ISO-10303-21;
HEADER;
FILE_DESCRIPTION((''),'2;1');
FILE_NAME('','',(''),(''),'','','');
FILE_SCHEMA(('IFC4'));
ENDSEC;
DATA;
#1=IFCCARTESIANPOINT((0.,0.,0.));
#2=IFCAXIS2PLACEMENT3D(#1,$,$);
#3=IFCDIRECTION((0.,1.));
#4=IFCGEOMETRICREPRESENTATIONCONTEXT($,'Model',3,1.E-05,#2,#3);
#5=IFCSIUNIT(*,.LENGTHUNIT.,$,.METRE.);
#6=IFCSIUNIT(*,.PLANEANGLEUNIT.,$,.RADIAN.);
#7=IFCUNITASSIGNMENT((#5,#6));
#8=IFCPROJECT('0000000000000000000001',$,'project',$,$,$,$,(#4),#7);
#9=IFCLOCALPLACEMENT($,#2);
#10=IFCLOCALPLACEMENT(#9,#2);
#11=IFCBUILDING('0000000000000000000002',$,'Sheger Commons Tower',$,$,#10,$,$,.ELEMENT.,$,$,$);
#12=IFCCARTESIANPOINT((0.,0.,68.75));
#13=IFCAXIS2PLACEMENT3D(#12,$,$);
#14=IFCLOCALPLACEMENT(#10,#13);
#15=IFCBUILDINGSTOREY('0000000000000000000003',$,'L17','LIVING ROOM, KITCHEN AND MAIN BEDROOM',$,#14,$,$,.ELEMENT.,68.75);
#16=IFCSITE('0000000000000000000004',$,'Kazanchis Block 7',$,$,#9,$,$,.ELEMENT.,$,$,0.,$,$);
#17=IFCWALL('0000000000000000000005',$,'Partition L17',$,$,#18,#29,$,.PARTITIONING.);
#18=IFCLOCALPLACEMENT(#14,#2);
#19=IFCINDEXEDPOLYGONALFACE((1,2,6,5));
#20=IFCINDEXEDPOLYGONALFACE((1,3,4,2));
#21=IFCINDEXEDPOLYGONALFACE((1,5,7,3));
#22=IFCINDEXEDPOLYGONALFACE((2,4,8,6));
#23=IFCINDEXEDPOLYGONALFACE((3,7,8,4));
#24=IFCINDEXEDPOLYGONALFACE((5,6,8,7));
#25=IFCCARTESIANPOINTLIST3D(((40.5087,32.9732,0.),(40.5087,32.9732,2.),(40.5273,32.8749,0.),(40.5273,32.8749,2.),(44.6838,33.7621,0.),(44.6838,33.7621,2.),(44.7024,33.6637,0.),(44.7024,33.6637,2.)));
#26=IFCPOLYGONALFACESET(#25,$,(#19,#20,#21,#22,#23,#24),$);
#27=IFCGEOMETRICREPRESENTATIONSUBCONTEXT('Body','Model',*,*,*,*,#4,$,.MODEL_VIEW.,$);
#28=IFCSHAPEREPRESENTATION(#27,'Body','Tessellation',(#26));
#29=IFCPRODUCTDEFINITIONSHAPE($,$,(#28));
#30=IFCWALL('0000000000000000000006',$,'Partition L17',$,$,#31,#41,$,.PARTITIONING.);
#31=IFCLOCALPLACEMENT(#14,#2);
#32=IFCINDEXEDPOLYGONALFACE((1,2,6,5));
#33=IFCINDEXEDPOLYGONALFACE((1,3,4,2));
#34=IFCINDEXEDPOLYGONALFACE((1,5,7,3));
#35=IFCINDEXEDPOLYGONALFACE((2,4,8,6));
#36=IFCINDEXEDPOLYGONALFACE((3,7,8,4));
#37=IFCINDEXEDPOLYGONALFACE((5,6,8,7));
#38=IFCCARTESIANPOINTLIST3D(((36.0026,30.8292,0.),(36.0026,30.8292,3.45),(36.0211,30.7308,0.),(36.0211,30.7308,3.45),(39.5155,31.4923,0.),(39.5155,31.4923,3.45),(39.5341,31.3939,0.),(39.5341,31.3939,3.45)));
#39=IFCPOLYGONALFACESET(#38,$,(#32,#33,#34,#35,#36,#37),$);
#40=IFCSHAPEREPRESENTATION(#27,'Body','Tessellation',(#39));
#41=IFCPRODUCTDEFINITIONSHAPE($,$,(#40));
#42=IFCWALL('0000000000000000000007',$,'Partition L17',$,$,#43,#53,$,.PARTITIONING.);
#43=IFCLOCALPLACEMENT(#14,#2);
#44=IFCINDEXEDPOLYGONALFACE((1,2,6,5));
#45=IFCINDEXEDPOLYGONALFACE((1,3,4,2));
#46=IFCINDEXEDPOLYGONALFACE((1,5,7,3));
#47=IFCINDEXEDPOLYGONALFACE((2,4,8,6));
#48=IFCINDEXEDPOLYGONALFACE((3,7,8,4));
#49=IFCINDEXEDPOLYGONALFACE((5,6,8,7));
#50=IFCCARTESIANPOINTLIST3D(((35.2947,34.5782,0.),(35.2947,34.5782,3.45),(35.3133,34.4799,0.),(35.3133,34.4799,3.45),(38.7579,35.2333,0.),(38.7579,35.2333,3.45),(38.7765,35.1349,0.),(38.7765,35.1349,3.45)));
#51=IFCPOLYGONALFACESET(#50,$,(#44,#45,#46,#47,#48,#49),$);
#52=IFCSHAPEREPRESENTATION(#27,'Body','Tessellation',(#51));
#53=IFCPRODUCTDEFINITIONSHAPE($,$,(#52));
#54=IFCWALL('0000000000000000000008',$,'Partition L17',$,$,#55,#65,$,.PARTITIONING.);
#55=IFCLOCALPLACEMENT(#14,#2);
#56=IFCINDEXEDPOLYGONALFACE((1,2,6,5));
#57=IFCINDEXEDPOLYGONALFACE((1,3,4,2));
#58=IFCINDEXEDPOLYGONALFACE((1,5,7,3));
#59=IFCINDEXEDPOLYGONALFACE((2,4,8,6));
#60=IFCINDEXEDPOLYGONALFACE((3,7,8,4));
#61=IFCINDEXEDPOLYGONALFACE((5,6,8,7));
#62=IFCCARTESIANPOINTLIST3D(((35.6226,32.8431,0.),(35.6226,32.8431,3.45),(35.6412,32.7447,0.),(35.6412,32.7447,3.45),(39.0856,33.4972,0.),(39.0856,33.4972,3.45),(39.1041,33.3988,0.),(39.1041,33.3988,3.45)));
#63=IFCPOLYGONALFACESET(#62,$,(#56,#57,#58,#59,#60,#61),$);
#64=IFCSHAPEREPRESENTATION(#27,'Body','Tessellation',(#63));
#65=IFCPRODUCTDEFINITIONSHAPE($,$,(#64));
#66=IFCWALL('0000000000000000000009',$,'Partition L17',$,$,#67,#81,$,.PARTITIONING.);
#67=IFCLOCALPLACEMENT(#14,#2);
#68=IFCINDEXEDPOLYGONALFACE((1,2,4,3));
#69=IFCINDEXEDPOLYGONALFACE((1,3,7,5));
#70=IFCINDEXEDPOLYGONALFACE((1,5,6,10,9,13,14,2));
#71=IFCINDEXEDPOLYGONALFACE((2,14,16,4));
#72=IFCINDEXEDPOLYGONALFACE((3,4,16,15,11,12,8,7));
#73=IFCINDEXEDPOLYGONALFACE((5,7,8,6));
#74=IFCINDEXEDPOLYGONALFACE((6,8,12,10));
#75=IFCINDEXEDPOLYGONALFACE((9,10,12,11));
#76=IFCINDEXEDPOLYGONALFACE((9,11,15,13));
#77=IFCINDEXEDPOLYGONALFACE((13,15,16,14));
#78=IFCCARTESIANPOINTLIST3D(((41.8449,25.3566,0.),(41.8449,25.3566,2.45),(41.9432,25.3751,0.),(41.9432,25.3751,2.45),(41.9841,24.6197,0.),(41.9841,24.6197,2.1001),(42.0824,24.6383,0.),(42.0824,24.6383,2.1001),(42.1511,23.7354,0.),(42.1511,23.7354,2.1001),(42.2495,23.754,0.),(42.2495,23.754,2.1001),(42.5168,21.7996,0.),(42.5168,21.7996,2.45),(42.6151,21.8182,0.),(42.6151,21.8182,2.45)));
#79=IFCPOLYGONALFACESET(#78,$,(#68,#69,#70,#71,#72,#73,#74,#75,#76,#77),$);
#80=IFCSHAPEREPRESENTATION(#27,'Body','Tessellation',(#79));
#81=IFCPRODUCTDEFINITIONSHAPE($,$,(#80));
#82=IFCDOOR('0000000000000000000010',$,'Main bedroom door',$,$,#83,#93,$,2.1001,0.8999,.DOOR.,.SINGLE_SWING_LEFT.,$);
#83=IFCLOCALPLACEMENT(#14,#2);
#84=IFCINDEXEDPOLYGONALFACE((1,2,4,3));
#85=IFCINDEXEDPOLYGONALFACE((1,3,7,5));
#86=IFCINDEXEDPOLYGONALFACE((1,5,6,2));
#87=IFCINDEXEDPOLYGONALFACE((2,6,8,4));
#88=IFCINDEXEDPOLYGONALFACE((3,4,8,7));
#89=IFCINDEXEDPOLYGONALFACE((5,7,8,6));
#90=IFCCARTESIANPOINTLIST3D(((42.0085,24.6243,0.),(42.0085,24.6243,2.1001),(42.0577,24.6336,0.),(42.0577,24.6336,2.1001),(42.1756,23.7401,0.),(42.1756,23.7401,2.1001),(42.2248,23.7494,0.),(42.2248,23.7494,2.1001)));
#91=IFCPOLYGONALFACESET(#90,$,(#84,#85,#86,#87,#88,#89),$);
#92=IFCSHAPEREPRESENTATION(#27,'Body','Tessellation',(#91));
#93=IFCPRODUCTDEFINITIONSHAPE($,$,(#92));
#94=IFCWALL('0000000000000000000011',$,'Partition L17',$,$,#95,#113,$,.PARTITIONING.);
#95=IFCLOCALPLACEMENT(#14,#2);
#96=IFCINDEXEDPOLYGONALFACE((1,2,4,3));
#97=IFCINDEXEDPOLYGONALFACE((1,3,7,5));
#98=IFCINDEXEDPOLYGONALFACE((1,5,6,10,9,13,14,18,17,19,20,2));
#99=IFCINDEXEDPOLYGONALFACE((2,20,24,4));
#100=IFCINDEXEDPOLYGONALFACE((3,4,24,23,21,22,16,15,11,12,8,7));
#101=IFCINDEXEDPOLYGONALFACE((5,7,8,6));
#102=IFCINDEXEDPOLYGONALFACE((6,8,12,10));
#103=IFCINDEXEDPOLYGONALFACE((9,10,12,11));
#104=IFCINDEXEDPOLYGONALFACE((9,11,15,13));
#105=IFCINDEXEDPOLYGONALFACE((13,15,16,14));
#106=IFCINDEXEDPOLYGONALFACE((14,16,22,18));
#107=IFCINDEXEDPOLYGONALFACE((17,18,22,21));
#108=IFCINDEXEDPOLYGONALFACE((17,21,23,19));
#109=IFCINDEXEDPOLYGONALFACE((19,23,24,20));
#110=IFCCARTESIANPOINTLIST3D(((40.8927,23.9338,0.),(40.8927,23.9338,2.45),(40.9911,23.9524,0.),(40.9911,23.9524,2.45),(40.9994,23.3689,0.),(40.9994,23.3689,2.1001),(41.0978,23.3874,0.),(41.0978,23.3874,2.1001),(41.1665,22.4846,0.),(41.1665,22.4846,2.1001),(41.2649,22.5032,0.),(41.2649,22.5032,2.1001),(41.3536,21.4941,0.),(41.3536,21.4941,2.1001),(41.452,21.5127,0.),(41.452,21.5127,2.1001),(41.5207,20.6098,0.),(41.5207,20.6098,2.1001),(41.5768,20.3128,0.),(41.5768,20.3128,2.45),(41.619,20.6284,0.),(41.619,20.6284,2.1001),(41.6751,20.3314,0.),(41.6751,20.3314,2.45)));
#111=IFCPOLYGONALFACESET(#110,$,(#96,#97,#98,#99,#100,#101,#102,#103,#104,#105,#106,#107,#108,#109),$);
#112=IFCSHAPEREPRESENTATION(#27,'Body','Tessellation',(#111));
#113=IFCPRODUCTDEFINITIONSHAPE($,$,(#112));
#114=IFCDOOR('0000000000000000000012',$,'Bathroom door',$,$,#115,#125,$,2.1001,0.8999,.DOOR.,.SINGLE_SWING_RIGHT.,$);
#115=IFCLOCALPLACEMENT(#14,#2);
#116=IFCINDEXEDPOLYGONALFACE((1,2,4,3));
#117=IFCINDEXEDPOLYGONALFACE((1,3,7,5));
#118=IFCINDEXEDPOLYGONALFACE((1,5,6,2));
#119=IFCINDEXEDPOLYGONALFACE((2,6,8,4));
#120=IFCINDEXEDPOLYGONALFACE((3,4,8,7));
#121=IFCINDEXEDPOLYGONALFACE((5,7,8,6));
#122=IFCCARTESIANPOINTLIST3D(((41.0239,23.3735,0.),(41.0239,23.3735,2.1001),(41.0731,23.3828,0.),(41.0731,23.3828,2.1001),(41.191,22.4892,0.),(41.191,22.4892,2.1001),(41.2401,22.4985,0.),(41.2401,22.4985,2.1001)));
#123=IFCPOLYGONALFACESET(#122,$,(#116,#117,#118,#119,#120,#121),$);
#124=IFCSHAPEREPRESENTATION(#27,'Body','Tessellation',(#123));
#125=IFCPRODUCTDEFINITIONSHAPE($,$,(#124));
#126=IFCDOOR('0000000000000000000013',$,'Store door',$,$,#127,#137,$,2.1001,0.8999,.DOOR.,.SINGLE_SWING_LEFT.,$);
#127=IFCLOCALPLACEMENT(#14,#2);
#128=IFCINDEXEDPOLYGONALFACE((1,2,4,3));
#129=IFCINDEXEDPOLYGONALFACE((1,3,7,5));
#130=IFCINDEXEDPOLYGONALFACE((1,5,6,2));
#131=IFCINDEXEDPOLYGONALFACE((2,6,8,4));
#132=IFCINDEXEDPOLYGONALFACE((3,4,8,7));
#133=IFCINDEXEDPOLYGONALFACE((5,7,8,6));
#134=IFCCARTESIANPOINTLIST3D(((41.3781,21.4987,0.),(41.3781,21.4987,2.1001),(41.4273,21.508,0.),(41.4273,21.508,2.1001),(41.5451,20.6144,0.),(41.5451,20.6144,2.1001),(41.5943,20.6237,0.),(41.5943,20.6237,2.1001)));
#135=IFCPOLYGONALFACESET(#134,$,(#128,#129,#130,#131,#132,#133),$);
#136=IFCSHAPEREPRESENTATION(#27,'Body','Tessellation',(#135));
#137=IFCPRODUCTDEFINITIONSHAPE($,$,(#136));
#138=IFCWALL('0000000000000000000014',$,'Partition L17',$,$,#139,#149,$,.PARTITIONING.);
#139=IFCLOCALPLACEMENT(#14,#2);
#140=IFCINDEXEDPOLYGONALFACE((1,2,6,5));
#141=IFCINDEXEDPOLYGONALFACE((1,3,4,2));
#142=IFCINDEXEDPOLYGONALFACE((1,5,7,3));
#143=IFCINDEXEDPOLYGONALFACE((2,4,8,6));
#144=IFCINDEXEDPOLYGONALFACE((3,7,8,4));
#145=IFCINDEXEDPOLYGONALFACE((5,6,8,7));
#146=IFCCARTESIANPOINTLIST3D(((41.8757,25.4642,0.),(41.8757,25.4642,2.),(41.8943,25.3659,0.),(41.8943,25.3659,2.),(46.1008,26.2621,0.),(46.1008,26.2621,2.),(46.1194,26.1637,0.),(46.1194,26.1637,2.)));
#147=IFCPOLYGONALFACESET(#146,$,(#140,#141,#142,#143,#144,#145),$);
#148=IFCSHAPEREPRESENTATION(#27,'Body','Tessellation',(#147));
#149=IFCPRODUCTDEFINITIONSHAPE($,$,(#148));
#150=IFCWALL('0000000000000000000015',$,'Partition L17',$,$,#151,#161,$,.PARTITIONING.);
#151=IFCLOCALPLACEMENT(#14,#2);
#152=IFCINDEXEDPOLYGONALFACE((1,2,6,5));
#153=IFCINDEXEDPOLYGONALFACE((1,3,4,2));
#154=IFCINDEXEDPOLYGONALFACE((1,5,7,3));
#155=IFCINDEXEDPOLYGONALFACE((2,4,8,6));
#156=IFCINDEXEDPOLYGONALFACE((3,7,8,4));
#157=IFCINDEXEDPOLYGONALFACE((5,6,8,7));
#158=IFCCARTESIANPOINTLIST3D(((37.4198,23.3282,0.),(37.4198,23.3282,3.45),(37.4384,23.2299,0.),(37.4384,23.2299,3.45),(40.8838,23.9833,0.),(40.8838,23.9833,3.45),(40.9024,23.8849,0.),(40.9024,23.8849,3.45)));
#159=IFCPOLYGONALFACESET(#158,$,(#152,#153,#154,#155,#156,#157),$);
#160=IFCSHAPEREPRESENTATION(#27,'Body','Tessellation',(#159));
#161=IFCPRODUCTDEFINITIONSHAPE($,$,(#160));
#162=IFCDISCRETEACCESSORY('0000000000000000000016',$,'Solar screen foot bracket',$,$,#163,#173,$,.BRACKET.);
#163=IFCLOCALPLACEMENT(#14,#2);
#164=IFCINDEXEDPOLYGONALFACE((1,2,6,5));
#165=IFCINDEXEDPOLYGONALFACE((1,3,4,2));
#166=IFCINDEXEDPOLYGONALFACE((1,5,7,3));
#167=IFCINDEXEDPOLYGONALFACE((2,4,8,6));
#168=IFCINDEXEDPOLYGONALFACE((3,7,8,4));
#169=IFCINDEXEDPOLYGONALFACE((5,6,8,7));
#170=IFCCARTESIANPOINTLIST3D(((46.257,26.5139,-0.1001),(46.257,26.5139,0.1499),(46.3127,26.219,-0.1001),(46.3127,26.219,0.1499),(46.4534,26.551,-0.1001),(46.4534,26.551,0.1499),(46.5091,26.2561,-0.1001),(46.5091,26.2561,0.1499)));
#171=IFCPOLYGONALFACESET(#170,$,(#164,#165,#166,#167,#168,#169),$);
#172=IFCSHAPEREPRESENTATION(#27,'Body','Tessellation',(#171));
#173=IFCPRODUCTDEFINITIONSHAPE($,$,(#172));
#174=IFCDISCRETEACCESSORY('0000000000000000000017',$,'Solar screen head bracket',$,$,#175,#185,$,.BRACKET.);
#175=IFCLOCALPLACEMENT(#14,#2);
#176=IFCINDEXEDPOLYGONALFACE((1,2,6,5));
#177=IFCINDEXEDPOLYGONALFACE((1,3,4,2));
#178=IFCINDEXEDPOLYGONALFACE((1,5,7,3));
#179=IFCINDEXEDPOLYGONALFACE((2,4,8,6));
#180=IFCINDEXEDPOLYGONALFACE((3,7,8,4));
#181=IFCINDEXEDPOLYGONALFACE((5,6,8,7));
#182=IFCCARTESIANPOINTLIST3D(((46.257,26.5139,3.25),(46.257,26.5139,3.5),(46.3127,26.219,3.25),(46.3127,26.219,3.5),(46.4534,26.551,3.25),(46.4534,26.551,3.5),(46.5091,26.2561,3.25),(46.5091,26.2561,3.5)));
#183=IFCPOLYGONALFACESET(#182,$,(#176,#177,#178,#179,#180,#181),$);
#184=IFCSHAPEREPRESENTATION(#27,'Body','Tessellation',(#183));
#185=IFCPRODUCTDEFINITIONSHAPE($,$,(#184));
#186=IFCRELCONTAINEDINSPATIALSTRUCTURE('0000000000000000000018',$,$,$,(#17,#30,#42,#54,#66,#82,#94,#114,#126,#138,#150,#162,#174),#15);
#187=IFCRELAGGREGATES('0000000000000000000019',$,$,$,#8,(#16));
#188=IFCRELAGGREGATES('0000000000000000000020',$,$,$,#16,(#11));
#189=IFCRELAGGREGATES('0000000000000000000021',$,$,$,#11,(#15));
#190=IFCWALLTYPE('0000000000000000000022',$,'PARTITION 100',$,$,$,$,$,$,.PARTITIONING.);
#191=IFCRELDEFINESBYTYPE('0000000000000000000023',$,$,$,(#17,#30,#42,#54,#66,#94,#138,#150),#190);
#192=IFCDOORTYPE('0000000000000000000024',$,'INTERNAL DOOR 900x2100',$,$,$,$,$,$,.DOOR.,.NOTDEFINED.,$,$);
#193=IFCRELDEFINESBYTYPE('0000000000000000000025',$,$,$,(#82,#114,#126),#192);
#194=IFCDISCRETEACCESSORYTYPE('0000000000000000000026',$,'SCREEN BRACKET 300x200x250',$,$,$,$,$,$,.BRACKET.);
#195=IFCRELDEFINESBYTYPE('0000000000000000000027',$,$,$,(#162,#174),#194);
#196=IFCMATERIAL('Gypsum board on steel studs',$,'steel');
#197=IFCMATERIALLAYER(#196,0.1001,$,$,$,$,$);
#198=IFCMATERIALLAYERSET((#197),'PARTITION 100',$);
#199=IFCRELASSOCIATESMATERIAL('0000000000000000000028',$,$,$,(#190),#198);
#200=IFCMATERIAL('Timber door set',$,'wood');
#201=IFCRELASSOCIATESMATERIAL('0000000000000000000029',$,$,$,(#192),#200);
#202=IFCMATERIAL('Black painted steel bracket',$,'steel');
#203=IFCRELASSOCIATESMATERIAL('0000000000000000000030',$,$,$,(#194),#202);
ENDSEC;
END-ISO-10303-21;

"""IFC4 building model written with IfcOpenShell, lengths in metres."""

from ifc_helpers import new_model, si_unit, direction, frame, frame_2d, origin, origin_2d, place, context, subcontext, project, spatial, rectangle, extrude, material, layer, layer_set, type_object, element, fill, save


model = new_model("IFC4")

# Units and contexts
model_context = context("Model", 3, precision=1e-05, world=origin(), true_north=direction((0.0, 1.0)))
body_context = subcontext(model_context, "Body", "Model", "MODEL_VIEW")
ifc_project = project(units=[si_unit("LENGTHUNIT", "METRE"), si_unit("PLANEANGLEUNIT", "RADIAN")], contexts=[model_context])

# Site, building, storey
site_placement = place(None, origin())
site = spatial("IfcSite", under=ifc_project, at=site_placement, Name="Kazanchis Block 7", CompositionType="ELEMENT", RefElevation=0.0)
building_placement = place(site_placement, origin())
building = spatial("IfcBuilding", under=site, at=building_placement, Name="Sheger Commons Tower", CompositionType="ELEMENT")
storey_placement = place(building_placement, frame((0.0, 0.0, 68.75)))
storey = spatial("IfcBuildingStorey", under=building, at=storey_placement, Name="L17", Description="LIVING ROOM, KITCHEN AND MAIN BEDROOM", CompositionType="ELEMENT", Elevation=68.75)

# Walls
ifc_material_1 = material(Name="Gypsum board on steel studs", Category="steel")
ifc_layer_1 = layer(ifc_material_1, 0.1001)
ifc_layer_set_1 = layer_set([ifc_layer_1], Name="PARTITION 100")
wall_type_1 = type_object("IfcWallType", Name="PARTITION 100", PredefinedType="PARTITIONING", material=ifc_layer_set_1)
wall_1_placement = place(storey_placement, frame((44.6931, 33.7129, 0.0), z_axis=(0.0, 0.0, 1.0), x_axis=(-0.982616, -0.185652, 0.0)))
element("IfcWall", 1, at=wall_1_placement, inside=storey, type_object=wall_type_1, Name="Partition L17", PredefinedType="PARTITIONING", context=body_context, shape_type="SweptSolid", body=[
    extrude(rectangle(XDim=4.249, YDim=0.1001, at=frame_2d((2.1245, 0.0))), origin(), (0.0, 0.0, 1.0), 2.0),
])
wall_2_placement = place(storey_placement, frame((39.5249, 31.4431, 0.0), z_axis=(0.0, 0.0, 1.0), x_axis=(-0.982648, -0.18548, 0.0)))
element("IfcWall", 2, at=wall_2_placement, inside=storey, type_object=wall_type_1, Name="Partition L17", PredefinedType="PARTITIONING", context=body_context, shape_type="SweptSolid", body=[
    extrude(rectangle(XDim=3.575, YDim=0.1001, at=frame_2d((1.7876, 0.0))), origin(), (0.0, 0.0, 1.0), 3.45),
])
wall_3_placement = place(storey_placement, frame((38.7671, 35.1841, 0.0), z_axis=(0.0, 0.0, 1.0), x_axis=(-0.982578, -0.185848, 0.0)))
element("IfcWall", 3, at=wall_3_placement, inside=storey, type_object=wall_type_1, Name="Partition L17", PredefinedType="PARTITIONING", context=body_context, shape_type="SweptSolid", body=[
    extrude(rectangle(XDim=3.5247, YDim=0.1001, at=frame_2d((1.7622, 0.0))), origin(), (0.0, 0.0, 1.0), 3.45),
])
wall_4_placement = place(storey_placement, frame((39.095, 33.448, 0.0), z_axis=(0.0, 0.0, 1.0), x_axis=(-0.982627, -0.185593, 0.0)))
element("IfcWall", 4, at=wall_4_placement, inside=storey, type_object=wall_type_1, Name="Partition L17", PredefinedType="PARTITIONING", context=body_context, shape_type="SweptSolid", body=[
    extrude(rectangle(XDim=3.5242, YDim=0.1001, at=frame_2d((1.7622, 0.0))), origin(), (0.0, 0.0, 1.0), 3.45),
])

# Wall, opening, door
wall_5_placement = place(storey_placement, frame((41.894, 25.366, 0.0), z_axis=(0.0, 0.0, 1.0), x_axis=(0.185612, -0.982623, 0.0)))
wall_5 = element("IfcWall", 5, at=wall_5_placement, inside=storey, type_object=wall_type_1, Name="Partition L17", PredefinedType="PARTITIONING", context=body_context, shape_type="SweptSolid", body=[
    extrude(rectangle(XDim=3.6199, YDim=0.1001, at=frame_2d((1.8101, 0.0))), origin(), (0.0, 0.0, 1.0), 2.45),
])
opening_1_placement = place(wall_5_placement, frame((0.75, 0.0, 0.0)))
opening_1 = element("IfcOpeningElement", 6, at=opening_1_placement, cuts=wall_5, PredefinedType="OPENING", context=body_context, shape_type="SweptSolid", body=[
    extrude(rectangle(XDim=0.8999, YDim=2.1001, at=frame_2d((0.45, 1.05))), frame((0.0, 0.0601, 0.0), z_axis=(0.0, -1.0, 0.0), x_axis=(1.0, 0.0, 0.0)), (0.0, 0.0, 1.0), 0.1201),
])
ifc_material_2 = material(Name="Timber door set", Category="wood")
door_type = type_object("IfcDoorType", Name="INTERNAL DOOR 900x2100", OperationType="NOTDEFINED", PredefinedType="DOOR", material=ifc_material_2)
door_1_placement = place(opening_1_placement, origin())
door_1 = element("IfcDoor", 7, at=door_1_placement, inside=storey, type_object=door_type, Name="Main bedroom door", OperationType="SINGLE_SWING_LEFT", OverallHeight=2.1001, OverallWidth=0.8999, PredefinedType="DOOR", context=body_context, shape_type="SweptSolid", body=[
    extrude(rectangle(XDim=0.8999, YDim=2.1001, at=frame_2d((0.45, 1.05))), frame((0.0, 0.0249, 0.0), z_axis=(0.0, -1.0, 0.0), x_axis=(1.0, 0.0, 0.0)), (0.0, 0.0, 1.0), 0.05),
])
fill(opening_1, door_1)

# Wall, openings, doors
wall_6_placement = place(storey_placement, frame((40.9419, 23.9431, 0.0), z_axis=(0.0, 0.0, 1.0), x_axis=(0.185632, -0.982619, 0.0)))
wall_6 = element("IfcWall", 8, at=wall_6_placement, inside=storey, type_object=wall_type_1, Name="Partition L17", PredefinedType="PARTITIONING", context=body_context, shape_type="SweptSolid", body=[
    extrude(rectangle(XDim=3.6851, YDim=0.1001, at=frame_2d((1.8425, 0.0))), origin(), (0.0, 0.0, 1.0), 2.45),
])
opening_2_placement = place(wall_6_placement, frame((0.575, 0.0, 0.0)))
opening_2 = element("IfcOpeningElement", 9, at=opening_2_placement, cuts=wall_6, PredefinedType="OPENING", context=body_context, shape_type="SweptSolid", body=[
    extrude(rectangle(XDim=0.8999, YDim=2.1001, at=frame_2d((0.45, 1.05))), frame((0.0, 0.0601, 0.0), z_axis=(0.0, -1.0, 0.0), x_axis=(1.0, 0.0, 0.0)), (0.0, 0.0, 1.0), 0.1201),
])
opening_3_placement = place(wall_6_placement, frame((2.4829, 0.0, 0.0)))
opening_3 = element("IfcOpeningElement", 10, at=opening_3_placement, cuts=wall_6, PredefinedType="OPENING", context=body_context, shape_type="SweptSolid", body=[
    extrude(rectangle(XDim=0.8999, YDim=2.1001, at=frame_2d((0.45, 1.05))), frame((0.0, 0.0601, 0.0), z_axis=(0.0, -1.0, 0.0), x_axis=(1.0, 0.0, 0.0)), (0.0, 0.0, 1.0), 0.1201),
])
door_2_placement = place(opening_2_placement, origin())
door_2 = element("IfcDoor", 11, at=door_2_placement, inside=storey, type_object=door_type, Name="Bathroom door", OperationType="SINGLE_SWING_RIGHT", OverallHeight=2.1001, OverallWidth=0.8999, PredefinedType="DOOR", context=body_context, shape_type="SweptSolid", body=[
    extrude(rectangle(XDim=0.8999, YDim=2.1001, at=frame_2d((0.45, 1.05))), frame((0.0, 0.0249, 0.0), z_axis=(0.0, -1.0, 0.0), x_axis=(1.0, 0.0, 0.0)), (0.0, 0.0, 1.0), 0.05),
])
fill(opening_2, door_2)
door_3_placement = place(opening_3_placement, origin())
door_3 = element("IfcDoor", 12, at=door_3_placement, inside=storey, type_object=door_type, Name="Store door", OperationType="SINGLE_SWING_LEFT", OverallHeight=2.1001, OverallWidth=0.8999, PredefinedType="DOOR", context=body_context, shape_type="SweptSolid", body=[
    extrude(rectangle(XDim=0.8999, YDim=2.1001, at=frame_2d((0.45, 1.05))), frame((0.0, 0.0249, 0.0), z_axis=(0.0, -1.0, 0.0), x_axis=(1.0, 0.0, 0.0)), (0.0, 0.0, 1.0), 0.05),
])
fill(opening_3, door_3)

# Walls
wall_7_placement = place(storey_placement, frame((46.1101, 26.2129, 0.0), z_axis=(0.0, 0.0, 1.0), x_axis=(-0.982634, -0.185557, 0.0)))
element("IfcWall", 13, at=wall_7_placement, inside=storey, type_object=wall_type_1, Name="Partition L17", PredefinedType="PARTITIONING", context=body_context, shape_type="SweptSolid", body=[
    extrude(rectangle(XDim=4.2998, YDim=0.1001, at=frame_2d((2.1499, 0.0))), origin(), (0.0, 0.0, 1.0), 2.0),
])
wall_8_placement = place(storey_placement, frame((40.8931, 23.9341, 0.0), z_axis=(0.0, 0.0, 1.0), x_axis=(-0.982588, -0.185798, 0.0)))
element("IfcWall", 14, at=wall_8_placement, inside=storey, type_object=wall_type_1, Name="Partition L17", PredefinedType="PARTITIONING", context=body_context, shape_type="SweptSolid", body=[
    extrude(rectangle(XDim=3.5254, YDim=0.1001, at=frame_2d((1.7627, 0.0))), origin(), (0.0, 0.0, 1.0), 3.45),
])

# Discrete accessories
ifc_material_3 = material(Name="Black painted steel bracket", Category="steel")
discrete_accessory_type = type_object("IfcDiscreteAccessoryType", Name="SCREEN BRACKET 300x200x250", PredefinedType="BRACKET", material=ifc_material_3)
for number, where, z_axis, x_axis, name in (
    (15, (46.3831, 26.385, -0.1001), (0.0, 0.0, 1.0), (-0.185615, 0.982623, 0.0), "Solar screen foot bracket"),
    (16, (46.3831, 26.385, 3.25), (0.0, 0.0, 1.0), (-0.185615, 0.982623, 0.0), "Solar screen head bracket"),
):
    element("IfcDiscreteAccessory", number, at=place(storey_placement, frame(where, z_axis=z_axis, x_axis=x_axis)), inside=storey, type_object=discrete_accessory_type, Name=name, PredefinedType="BRACKET", context=body_context, shape_type="SweptSolid", body=[
        extrude(rectangle(XDim=0.3, YDim=0.2, at=origin_2d()), origin(), (0.0, 0.0, 1.0), 0.25),
    ])

save(model, "model.ifc")
